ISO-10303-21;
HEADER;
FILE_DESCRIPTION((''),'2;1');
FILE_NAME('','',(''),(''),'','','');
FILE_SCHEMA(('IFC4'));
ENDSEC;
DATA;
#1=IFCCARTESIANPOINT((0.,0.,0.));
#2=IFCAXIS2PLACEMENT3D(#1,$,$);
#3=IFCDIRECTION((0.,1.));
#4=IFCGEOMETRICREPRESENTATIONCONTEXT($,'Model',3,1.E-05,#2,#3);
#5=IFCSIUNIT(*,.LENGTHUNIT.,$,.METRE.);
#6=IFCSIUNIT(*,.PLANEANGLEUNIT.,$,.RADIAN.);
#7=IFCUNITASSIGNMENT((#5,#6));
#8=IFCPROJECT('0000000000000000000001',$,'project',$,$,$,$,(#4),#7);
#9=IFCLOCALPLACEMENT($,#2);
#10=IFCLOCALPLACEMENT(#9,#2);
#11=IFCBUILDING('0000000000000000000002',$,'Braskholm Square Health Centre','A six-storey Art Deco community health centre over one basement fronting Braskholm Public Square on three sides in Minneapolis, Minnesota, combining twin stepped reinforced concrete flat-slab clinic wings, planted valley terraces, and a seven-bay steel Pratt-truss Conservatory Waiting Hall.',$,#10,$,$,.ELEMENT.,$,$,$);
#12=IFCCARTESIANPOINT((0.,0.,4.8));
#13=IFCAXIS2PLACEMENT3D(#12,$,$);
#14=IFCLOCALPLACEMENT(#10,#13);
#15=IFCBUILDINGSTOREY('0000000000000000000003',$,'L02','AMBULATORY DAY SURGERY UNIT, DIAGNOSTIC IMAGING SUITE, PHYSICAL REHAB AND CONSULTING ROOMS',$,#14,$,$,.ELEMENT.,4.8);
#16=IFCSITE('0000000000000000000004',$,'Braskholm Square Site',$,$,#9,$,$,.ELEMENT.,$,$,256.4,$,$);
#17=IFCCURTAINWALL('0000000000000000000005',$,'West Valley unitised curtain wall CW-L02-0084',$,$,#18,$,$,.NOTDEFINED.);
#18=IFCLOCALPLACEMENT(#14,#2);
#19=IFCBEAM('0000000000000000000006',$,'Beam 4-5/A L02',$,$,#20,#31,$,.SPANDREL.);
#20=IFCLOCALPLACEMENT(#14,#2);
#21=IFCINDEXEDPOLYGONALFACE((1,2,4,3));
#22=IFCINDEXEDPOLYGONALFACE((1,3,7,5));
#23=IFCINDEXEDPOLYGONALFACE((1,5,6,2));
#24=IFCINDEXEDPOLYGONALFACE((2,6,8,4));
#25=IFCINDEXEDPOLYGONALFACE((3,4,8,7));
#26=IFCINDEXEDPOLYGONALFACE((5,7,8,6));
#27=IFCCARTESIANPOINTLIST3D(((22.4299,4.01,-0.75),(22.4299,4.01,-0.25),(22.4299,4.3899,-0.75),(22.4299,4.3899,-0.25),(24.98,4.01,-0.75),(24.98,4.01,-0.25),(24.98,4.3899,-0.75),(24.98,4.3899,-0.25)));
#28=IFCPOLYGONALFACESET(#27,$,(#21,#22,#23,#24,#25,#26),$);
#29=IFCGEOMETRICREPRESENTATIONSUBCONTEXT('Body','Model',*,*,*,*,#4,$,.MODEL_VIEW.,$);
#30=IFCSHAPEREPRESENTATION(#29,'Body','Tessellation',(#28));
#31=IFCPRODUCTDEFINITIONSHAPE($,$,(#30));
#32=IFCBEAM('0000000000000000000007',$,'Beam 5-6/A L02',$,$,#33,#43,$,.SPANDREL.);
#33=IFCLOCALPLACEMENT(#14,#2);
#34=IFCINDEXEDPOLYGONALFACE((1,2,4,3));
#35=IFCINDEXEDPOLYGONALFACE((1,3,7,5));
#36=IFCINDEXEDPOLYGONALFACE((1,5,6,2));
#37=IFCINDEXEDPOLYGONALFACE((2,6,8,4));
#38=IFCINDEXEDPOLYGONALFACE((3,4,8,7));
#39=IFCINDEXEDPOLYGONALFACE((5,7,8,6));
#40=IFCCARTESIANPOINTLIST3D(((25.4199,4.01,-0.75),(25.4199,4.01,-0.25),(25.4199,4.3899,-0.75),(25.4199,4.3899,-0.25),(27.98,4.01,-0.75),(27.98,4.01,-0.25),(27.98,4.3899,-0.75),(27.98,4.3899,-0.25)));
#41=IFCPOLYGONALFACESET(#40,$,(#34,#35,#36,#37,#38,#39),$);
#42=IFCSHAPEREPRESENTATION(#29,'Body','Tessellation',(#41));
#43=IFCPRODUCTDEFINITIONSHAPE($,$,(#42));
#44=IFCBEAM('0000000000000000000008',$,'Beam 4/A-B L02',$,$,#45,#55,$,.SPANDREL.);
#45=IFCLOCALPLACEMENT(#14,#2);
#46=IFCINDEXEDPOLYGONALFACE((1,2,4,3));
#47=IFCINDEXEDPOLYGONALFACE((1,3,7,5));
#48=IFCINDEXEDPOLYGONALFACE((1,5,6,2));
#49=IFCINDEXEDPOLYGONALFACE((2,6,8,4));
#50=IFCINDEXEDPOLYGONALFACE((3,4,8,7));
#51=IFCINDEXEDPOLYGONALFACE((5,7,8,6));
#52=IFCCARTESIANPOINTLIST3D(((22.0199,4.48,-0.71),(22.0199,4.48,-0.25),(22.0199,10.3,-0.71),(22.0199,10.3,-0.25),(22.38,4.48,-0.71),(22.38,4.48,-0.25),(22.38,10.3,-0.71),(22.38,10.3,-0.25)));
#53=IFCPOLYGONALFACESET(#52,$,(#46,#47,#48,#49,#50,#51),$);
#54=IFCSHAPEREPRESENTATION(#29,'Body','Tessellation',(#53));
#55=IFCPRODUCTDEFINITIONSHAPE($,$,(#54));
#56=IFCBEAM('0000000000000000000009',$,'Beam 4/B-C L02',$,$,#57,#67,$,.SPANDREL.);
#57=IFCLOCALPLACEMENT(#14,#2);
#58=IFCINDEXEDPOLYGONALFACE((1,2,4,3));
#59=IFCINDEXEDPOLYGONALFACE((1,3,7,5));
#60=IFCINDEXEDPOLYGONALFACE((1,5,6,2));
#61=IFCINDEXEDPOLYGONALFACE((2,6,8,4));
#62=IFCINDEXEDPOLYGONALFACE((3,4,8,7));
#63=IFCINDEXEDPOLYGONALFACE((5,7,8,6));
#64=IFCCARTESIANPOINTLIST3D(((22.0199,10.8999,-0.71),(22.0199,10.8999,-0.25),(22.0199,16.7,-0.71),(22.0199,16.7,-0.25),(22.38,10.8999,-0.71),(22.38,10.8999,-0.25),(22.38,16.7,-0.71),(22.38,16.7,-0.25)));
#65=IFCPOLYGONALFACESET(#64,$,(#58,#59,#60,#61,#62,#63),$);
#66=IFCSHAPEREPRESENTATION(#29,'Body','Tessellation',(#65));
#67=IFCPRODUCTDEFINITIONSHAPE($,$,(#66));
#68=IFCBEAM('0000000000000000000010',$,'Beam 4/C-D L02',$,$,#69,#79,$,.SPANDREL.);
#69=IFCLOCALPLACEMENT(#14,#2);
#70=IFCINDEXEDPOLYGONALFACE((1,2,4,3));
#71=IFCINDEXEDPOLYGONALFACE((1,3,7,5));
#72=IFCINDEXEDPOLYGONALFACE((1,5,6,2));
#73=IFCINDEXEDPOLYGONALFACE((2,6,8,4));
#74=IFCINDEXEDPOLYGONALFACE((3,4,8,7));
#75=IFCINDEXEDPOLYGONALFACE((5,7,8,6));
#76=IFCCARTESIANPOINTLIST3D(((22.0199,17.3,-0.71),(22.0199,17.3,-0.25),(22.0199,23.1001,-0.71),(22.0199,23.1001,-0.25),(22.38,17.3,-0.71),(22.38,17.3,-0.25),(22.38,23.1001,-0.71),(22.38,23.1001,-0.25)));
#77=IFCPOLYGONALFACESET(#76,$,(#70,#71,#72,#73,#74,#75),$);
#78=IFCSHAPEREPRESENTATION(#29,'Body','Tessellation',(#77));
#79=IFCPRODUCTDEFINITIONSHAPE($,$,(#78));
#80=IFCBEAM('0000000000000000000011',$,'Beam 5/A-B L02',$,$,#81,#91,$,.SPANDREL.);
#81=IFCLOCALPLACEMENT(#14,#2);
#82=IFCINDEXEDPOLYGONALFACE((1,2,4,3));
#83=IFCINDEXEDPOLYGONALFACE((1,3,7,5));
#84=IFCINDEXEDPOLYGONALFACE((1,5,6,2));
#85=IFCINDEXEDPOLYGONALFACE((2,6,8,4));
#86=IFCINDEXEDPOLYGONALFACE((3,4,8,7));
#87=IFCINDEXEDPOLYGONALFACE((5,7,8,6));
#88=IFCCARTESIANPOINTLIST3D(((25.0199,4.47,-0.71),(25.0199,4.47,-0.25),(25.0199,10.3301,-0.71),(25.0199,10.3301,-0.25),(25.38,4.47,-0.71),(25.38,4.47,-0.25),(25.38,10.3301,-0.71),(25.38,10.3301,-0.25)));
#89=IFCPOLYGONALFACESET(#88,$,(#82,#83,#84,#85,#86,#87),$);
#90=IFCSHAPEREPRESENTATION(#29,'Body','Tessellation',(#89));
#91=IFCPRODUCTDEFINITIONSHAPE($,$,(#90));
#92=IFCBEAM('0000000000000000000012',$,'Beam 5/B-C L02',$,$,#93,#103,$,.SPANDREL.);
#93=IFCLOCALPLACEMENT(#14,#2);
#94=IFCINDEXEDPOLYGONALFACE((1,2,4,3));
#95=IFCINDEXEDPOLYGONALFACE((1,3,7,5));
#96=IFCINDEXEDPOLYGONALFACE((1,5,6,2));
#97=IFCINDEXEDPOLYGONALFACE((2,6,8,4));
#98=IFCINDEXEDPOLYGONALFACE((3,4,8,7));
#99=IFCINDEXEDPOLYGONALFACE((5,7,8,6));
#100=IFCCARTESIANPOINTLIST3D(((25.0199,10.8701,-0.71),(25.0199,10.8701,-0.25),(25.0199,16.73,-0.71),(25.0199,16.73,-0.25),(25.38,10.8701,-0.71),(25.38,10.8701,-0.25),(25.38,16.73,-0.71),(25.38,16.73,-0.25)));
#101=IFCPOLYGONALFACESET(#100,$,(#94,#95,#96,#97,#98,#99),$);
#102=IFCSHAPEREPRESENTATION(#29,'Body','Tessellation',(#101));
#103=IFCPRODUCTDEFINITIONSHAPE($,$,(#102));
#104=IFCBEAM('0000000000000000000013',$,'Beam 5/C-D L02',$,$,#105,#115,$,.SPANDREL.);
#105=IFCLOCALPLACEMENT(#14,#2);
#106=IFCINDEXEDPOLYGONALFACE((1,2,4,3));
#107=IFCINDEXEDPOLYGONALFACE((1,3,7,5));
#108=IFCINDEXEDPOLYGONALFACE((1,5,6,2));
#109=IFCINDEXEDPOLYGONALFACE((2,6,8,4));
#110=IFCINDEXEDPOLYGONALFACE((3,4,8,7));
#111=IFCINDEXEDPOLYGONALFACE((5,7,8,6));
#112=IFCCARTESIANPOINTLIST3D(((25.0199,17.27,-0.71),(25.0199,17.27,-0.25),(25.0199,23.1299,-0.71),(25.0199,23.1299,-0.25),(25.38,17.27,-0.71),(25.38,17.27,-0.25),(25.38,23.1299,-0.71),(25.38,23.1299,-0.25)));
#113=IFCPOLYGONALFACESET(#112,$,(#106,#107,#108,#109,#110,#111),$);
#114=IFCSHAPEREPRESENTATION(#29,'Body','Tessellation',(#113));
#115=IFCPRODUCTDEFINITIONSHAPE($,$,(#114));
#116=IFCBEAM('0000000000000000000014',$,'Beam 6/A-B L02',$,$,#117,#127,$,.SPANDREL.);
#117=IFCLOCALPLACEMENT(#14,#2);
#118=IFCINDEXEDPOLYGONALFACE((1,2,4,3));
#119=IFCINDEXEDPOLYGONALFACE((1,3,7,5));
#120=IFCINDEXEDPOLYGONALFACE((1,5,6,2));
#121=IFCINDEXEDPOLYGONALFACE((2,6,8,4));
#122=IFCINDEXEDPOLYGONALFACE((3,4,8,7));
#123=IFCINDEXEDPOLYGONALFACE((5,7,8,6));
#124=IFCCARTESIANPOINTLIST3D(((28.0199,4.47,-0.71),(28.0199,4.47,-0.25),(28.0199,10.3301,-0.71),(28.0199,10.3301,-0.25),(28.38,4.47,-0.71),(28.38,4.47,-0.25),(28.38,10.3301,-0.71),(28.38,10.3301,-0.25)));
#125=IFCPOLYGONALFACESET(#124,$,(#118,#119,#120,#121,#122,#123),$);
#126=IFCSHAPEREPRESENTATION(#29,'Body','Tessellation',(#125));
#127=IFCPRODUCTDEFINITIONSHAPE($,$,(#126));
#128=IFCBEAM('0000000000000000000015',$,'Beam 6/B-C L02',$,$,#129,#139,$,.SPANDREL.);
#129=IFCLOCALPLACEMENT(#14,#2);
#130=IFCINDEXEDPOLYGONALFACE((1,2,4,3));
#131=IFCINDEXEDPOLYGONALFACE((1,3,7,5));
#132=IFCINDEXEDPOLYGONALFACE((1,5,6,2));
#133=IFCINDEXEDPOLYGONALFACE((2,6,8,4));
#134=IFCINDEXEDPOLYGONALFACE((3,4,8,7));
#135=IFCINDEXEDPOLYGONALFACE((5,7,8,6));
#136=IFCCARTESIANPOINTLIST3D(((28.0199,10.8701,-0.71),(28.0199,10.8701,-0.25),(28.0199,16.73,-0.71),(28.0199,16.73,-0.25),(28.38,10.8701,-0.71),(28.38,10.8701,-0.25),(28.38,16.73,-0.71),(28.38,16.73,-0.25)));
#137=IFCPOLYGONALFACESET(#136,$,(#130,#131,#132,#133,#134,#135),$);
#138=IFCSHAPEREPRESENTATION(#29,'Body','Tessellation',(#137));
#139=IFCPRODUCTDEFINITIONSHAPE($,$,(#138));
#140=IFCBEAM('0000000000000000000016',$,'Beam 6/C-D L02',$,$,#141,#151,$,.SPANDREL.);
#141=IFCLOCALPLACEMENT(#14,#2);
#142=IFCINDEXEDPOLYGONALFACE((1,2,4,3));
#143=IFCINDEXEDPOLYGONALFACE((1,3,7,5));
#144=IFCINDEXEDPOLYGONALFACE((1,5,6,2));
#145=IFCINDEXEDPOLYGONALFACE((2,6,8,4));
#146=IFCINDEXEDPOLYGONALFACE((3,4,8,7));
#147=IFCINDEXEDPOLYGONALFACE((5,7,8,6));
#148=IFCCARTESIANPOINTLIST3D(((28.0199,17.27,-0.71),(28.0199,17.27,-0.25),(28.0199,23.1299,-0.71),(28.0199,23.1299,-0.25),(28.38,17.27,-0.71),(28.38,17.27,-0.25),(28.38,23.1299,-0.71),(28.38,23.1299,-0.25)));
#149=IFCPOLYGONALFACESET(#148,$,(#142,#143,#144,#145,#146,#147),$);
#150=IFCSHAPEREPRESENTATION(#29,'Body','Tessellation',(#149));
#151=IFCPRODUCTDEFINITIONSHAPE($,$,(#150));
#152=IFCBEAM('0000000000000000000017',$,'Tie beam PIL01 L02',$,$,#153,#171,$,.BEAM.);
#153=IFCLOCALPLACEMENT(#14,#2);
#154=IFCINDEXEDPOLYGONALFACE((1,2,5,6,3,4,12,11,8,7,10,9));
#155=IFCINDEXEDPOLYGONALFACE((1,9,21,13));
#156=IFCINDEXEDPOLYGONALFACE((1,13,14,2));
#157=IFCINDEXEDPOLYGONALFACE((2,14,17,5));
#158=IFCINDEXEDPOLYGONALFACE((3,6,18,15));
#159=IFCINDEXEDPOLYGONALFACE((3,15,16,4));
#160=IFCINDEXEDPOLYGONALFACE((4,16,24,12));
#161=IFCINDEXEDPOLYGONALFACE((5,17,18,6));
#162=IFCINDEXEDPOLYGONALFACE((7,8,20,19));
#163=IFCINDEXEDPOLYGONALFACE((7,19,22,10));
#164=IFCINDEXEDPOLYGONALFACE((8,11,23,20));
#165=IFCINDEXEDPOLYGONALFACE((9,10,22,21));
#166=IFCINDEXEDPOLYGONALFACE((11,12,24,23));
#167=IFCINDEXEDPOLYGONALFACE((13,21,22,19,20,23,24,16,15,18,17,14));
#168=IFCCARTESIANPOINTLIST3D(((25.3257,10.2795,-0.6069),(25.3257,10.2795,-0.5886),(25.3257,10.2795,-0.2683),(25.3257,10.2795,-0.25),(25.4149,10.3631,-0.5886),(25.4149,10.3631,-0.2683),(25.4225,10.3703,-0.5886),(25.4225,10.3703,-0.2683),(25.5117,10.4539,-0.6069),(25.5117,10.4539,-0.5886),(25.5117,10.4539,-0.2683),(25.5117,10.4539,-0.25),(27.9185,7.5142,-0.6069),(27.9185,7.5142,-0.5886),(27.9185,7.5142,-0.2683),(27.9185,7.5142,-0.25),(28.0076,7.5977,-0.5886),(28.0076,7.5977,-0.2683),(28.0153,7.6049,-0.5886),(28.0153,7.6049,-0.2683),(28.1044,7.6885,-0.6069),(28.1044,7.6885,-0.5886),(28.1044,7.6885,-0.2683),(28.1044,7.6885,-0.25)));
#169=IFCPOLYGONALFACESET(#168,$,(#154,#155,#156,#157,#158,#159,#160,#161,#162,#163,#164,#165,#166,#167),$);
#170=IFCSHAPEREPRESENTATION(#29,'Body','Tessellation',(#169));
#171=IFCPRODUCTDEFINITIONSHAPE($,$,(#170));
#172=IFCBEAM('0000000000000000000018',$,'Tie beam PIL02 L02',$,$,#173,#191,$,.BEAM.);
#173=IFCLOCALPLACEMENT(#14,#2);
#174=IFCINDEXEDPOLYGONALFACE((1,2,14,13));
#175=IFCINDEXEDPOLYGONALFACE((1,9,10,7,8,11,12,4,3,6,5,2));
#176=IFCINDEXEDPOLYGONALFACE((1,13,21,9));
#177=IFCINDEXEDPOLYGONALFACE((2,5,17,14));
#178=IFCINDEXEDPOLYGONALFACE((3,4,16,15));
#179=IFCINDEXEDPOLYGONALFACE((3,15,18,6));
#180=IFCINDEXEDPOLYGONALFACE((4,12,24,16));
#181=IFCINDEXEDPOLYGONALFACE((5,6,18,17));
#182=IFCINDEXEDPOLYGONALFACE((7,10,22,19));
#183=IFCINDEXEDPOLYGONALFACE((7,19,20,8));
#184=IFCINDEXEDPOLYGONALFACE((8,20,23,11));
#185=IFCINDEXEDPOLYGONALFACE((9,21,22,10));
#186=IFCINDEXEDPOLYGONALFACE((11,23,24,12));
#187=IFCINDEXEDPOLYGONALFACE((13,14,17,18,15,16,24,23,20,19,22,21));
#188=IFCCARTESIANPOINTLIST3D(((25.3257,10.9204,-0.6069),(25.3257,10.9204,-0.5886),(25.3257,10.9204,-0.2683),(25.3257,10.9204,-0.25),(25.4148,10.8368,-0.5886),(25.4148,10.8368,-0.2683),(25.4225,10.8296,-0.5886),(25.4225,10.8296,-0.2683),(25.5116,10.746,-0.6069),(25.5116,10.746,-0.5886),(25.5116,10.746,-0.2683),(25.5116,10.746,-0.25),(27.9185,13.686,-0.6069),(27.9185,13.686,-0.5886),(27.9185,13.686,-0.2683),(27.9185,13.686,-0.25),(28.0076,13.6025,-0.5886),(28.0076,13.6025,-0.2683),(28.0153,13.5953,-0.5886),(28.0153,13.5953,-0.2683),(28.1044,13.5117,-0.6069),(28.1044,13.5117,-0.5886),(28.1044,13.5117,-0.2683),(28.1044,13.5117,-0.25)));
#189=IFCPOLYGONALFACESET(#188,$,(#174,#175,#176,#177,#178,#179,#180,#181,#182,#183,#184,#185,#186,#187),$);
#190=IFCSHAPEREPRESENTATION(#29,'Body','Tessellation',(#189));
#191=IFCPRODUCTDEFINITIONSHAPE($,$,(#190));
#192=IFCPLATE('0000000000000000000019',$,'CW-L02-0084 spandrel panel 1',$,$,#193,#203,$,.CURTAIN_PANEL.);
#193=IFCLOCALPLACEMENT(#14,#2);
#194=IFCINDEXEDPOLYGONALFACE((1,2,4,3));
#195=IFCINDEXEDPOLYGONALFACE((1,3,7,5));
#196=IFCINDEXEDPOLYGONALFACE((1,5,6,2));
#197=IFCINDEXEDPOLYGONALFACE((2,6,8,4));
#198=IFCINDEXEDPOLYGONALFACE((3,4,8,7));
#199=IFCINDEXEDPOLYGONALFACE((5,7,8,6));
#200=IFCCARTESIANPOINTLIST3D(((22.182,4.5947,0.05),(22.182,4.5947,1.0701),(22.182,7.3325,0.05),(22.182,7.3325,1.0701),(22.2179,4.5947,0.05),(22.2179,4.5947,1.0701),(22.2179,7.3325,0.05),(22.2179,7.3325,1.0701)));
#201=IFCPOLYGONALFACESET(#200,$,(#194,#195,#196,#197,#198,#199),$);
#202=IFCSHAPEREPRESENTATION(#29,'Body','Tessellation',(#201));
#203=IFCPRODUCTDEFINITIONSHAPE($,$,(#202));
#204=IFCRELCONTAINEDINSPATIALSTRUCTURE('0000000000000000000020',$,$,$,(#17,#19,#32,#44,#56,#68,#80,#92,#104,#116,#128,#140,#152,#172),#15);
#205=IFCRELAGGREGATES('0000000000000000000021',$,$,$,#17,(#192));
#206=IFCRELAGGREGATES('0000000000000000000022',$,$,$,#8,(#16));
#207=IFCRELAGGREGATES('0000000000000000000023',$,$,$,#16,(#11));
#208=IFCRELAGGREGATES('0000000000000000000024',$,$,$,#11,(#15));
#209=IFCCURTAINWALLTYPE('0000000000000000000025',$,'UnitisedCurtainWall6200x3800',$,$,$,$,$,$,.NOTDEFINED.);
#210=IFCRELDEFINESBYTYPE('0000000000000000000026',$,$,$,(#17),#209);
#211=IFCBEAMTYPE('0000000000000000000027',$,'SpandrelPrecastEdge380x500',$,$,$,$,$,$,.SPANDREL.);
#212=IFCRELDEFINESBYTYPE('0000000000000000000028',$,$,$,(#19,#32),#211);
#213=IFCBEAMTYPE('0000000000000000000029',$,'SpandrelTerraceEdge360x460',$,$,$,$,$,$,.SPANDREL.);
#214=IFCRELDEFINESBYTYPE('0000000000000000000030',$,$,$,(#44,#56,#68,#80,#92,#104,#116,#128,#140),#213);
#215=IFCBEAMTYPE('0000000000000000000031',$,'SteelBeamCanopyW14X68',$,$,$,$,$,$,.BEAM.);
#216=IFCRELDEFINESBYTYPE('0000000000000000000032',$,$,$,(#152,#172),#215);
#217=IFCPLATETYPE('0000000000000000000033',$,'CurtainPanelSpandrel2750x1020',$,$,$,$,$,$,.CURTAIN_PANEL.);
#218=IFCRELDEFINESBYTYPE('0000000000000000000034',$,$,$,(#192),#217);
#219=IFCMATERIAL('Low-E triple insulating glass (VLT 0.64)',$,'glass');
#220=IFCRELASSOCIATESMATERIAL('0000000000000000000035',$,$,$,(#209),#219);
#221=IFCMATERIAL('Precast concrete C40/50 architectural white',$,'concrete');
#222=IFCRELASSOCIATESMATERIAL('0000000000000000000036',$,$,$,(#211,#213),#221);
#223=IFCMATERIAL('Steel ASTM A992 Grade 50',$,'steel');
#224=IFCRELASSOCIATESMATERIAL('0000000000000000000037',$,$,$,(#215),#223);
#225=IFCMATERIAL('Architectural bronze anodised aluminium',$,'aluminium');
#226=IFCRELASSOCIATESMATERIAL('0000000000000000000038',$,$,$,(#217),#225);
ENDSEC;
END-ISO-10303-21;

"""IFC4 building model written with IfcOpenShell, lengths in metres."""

from ifc_helpers import new_model, si_unit, direction, frame, origin, origin_2d, place, context, subcontext, project, spatial, rectangle, i_section, extrude, material, material_profile, profile_set, type_object, element, aggregate, save


model = new_model("IFC4")

# Units and contexts
model_context = context("Model", 3, precision=1e-05, world=origin(), true_north=direction((0.0, 1.0)))
body_context = subcontext(model_context, "Body", "Model", "MODEL_VIEW")
ifc_project = project(units=[si_unit("LENGTHUNIT", "METRE"), si_unit("PLANEANGLEUNIT", "RADIAN")], contexts=[model_context])

# Site, building, storey
site_placement = place(None, origin())
site = spatial("IfcSite", under=ifc_project, at=site_placement, Name="Braskholm Square Site", CompositionType="ELEMENT", RefElevation=256.4)
building_placement = place(site_placement, origin())
building = spatial("IfcBuilding", under=site, at=building_placement, Name="Braskholm Square Health Centre", Description="A six-storey Art Deco community health centre over one basement fronting Braskholm Public Square on three sides in Minneapolis, Minnesota, combining twin stepped reinforced concrete flat-slab clinic wings, planted valley terraces, and a seven-bay steel Pratt-truss Conservatory Waiting Hall.", CompositionType="ELEMENT")
storey_placement = place(building_placement, frame((0.0, 0.0, 4.8)))
storey = spatial("IfcBuildingStorey", under=building, at=storey_placement, Name="L02", Description="AMBULATORY DAY SURGERY UNIT, DIAGNOSTIC IMAGING SUITE, PHYSICAL REHAB AND CONSULTING ROOMS", CompositionType="ELEMENT", Elevation=4.8)

# Curtain wall
ifc_material_1 = material(Name="Low-E triple insulating glass (VLT 0.64)", Category="glass")
curtain_wall_type = type_object("IfcCurtainWallType", Name="UnitisedCurtainWall6200x3800", PredefinedType="NOTDEFINED", material=ifc_material_1)
curtain_wall_1_placement = place(storey_placement, origin())
curtain_wall_1 = element("IfcCurtainWall", 1, at=curtain_wall_1_placement, inside=storey, type_object=curtain_wall_type, Name="West Valley unitised curtain wall CW-L02-0084", PredefinedType="NOTDEFINED")
ifc_material_2 = material(Name="Architectural bronze anodised aluminium", Category="aluminium")

# Beams
ifc_material_3 = material(Name="Precast concrete C40/50 architectural white", Category="concrete")
ifc_material_profile_1 = material_profile(ifc_material_3, rectangle(XDim=0.3799, YDim=0.5, at=origin_2d()), Name="RCB-380X500")
ifc_profile_set_1 = profile_set([ifc_material_profile_1], Name="Precast concrete C40/50 architectural white")
beam_type_1 = type_object("IfcBeamType", Name="SpandrelPrecastEdge380x500", PredefinedType="SPANDREL", material=ifc_profile_set_1)
beam_1_placement = place(storey_placement, frame((22.4299, 4.2, -0.5), z_axis=(1.0, 0.0, 0.0), x_axis=(0.0, 1.0, 0.0)))
element("IfcBeam", 2, at=beam_1_placement, inside=storey, type_object=beam_type_1, Name="Beam 4-5/A L02", PredefinedType="SPANDREL", context=body_context, shape_type="SweptSolid", body=[
    extrude(rectangle(XDim=0.3799, YDim=0.5, at=origin_2d()), origin(), (0.0, 0.0, 1.0), 2.55),
])
beam_2_placement = place(storey_placement, frame((25.4199, 4.2, -0.5), z_axis=(1.0, 0.0, 0.0), x_axis=(0.0, 1.0, 0.0)))
element("IfcBeam", 3, at=beam_2_placement, inside=storey, type_object=beam_type_1, Name="Beam 5-6/A L02", PredefinedType="SPANDREL", context=body_context, shape_type="SweptSolid", body=[
    extrude(rectangle(XDim=0.3799, YDim=0.5, at=origin_2d()), origin(), (0.0, 0.0, 1.0), 2.5601),
])
ifc_material_profile_2 = material_profile(ifc_material_3, rectangle(XDim=0.3601, YDim=0.46, at=origin_2d()), Name="RCB-360X460")
ifc_profile_set_2 = profile_set([ifc_material_profile_2], Name="Precast concrete C40/50 architectural white")
beam_type_2 = type_object("IfcBeamType", Name="SpandrelTerraceEdge360x460", PredefinedType="SPANDREL", material=ifc_profile_set_2)
beam_3_placement = place(storey_placement, frame((22.2, 4.48, -0.48), z_axis=(0.0, 1.0, 0.0), x_axis=(-1.0, 0.0, 0.0)))
element("IfcBeam", 4, at=beam_3_placement, inside=storey, type_object=beam_type_2, Name="Beam 4/A-B L02", PredefinedType="SPANDREL", context=body_context, shape_type="SweptSolid", body=[
    extrude(rectangle(XDim=0.3601, YDim=0.46, at=origin_2d()), origin(), (0.0, 0.0, 1.0), 5.8201),
])
for number, where, z_axis, x_axis, name in (
    (5, (22.2, 10.8999, -0.48), (0.0, 1.0, 0.0), (-1.0, 0.0, 0.0), "Beam 4/B-C L02"),
    (6, (22.2, 17.3, -0.48), (0.0, 1.0, 0.0), (-1.0, 0.0, 0.0), "Beam 4/C-D L02"),
):
    element("IfcBeam", number, at=place(storey_placement, frame(where, z_axis=z_axis, x_axis=x_axis)), inside=storey, type_object=beam_type_2, Name=name, PredefinedType="SPANDREL", context=body_context, shape_type="SweptSolid", body=[
        extrude(rectangle(XDim=0.3601, YDim=0.46, at=origin_2d()), origin(), (0.0, 0.0, 1.0), 5.8),
    ])
beam_4_placement = place(storey_placement, frame((25.2, 4.47, -0.48), z_axis=(0.0, 1.0, 0.0), x_axis=(-1.0, 0.0, 0.0)))
element("IfcBeam", 7, at=beam_4_placement, inside=storey, type_object=beam_type_2, Name="Beam 5/A-B L02", PredefinedType="SPANDREL", context=body_context, shape_type="SweptSolid", body=[
    extrude(rectangle(XDim=0.3601, YDim=0.46, at=origin_2d()), origin(), (0.0, 0.0, 1.0), 5.8601),
])
for number, where, z_axis, x_axis, name in (
    (8, (25.2, 10.8701, -0.48), (0.0, 1.0, 0.0), (-1.0, 0.0, 0.0), "Beam 5/B-C L02"),
    (9, (25.2, 17.27, -0.48), (0.0, 1.0, 0.0), (-1.0, 0.0, 0.0), "Beam 5/C-D L02"),
):
    element("IfcBeam", number, at=place(storey_placement, frame(where, z_axis=z_axis, x_axis=x_axis)), inside=storey, type_object=beam_type_2, Name=name, PredefinedType="SPANDREL", context=body_context, shape_type="SweptSolid", body=[
        extrude(rectangle(XDim=0.3601, YDim=0.46, at=origin_2d()), origin(), (0.0, 0.0, 1.0), 5.8599),
    ])
beam_5_placement = place(storey_placement, frame((28.2, 4.47, -0.48), z_axis=(0.0, 1.0, 0.0), x_axis=(-1.0, 0.0, 0.0)))
element("IfcBeam", 10, at=beam_5_placement, inside=storey, type_object=beam_type_2, Name="Beam 6/A-B L02", PredefinedType="SPANDREL", context=body_context, shape_type="SweptSolid", body=[
    extrude(rectangle(XDim=0.3601, YDim=0.46, at=origin_2d()), origin(), (0.0, 0.0, 1.0), 5.8601),
])
for number, where, z_axis, x_axis, name in (
    (11, (28.2, 10.8701, -0.48), (0.0, 1.0, 0.0), (-1.0, 0.0, 0.0), "Beam 6/B-C L02"),
    (12, (28.2, 17.27, -0.48), (0.0, 1.0, 0.0), (-1.0, 0.0, 0.0), "Beam 6/C-D L02"),
):
    element("IfcBeam", number, at=place(storey_placement, frame(where, z_axis=z_axis, x_axis=x_axis)), inside=storey, type_object=beam_type_2, Name=name, PredefinedType="SPANDREL", context=body_context, shape_type="SweptSolid", body=[
        extrude(rectangle(XDim=0.3601, YDim=0.46, at=origin_2d()), origin(), (0.0, 0.0, 1.0), 5.8599),
    ])
ifc_material_4 = material(Name="Steel ASTM A992 Grade 50", Category="steel")
ifc_material_profile_3 = material_profile(ifc_material_4, i_section(OverallWidth=0.2549, OverallDepth=0.3569, WebThickness=0.0105, FlangeThickness=0.0183, at=origin_2d()), Name="W14X68")
ifc_profile_set_3 = profile_set([ifc_material_profile_3], Name="Steel ASTM A992 Grade 50")
beam_type_3 = type_object("IfcBeamType", Name="SteelBeamCanopyW14X68", PredefinedType="BEAM", material=ifc_profile_set_3)
beam_6_placement = place(storey_placement, frame((28.0115, 7.6013, -0.4285), z_axis=(-0.683973, 0.729507, 0.0), x_axis=(-0.729507, -0.683973, 0.0)))
element("IfcBeam", 13, at=beam_6_placement, inside=storey, type_object=beam_type_3, Name="Tie beam PIL01 L02", PredefinedType="BEAM", context=body_context, shape_type="SweptSolid", body=[
    extrude(i_section(OverallWidth=0.2549, OverallDepth=0.3569, WebThickness=0.0105, FlangeThickness=0.0183, at=origin_2d()), origin(), (0.0, 0.0, 1.0), 3.7908),
])
beam_7_placement = place(storey_placement, frame((28.0115, 13.5989, -0.4285), z_axis=(-0.683941, -0.729537, 0.0), x_axis=(0.729537, -0.683941, 0.0)))
element("IfcBeam", 14, at=beam_7_placement, inside=storey, type_object=beam_type_3, Name="Tie beam PIL02 L02", PredefinedType="BEAM", context=body_context, shape_type="SweptSolid", body=[
    extrude(i_section(OverallWidth=0.2549, OverallDepth=0.3569, WebThickness=0.0105, FlangeThickness=0.0183, at=origin_2d()), origin(), (0.0, 0.0, 1.0), 3.791),
])

# Plate
plate_type_1 = type_object("IfcPlateType", Name="CurtainPanelSpandrel2750x1020", PredefinedType="CURTAIN_PANEL", material=ifc_material_2)
plate_1_placement = place(storey_placement, frame((22.2, 5.9636, 0.05), z_axis=(0.0, 0.0, 1.0), x_axis=(0.0, 1.0, 0.0)))
plate_1 = element("IfcPlate", 15, at=plate_1_placement, type_object=plate_type_1, Name="CW-L02-0084 spandrel panel 1", PredefinedType="CURTAIN_PANEL", context=body_context, shape_type="SweptSolid", body=[
    extrude(rectangle(XDim=2.7378, YDim=0.0359, at=origin_2d()), origin(), (0.0, 0.0, 1.0), 1.02),
])
aggregate(curtain_wall_1, [plate_1])

save(model, "model.ifc")
